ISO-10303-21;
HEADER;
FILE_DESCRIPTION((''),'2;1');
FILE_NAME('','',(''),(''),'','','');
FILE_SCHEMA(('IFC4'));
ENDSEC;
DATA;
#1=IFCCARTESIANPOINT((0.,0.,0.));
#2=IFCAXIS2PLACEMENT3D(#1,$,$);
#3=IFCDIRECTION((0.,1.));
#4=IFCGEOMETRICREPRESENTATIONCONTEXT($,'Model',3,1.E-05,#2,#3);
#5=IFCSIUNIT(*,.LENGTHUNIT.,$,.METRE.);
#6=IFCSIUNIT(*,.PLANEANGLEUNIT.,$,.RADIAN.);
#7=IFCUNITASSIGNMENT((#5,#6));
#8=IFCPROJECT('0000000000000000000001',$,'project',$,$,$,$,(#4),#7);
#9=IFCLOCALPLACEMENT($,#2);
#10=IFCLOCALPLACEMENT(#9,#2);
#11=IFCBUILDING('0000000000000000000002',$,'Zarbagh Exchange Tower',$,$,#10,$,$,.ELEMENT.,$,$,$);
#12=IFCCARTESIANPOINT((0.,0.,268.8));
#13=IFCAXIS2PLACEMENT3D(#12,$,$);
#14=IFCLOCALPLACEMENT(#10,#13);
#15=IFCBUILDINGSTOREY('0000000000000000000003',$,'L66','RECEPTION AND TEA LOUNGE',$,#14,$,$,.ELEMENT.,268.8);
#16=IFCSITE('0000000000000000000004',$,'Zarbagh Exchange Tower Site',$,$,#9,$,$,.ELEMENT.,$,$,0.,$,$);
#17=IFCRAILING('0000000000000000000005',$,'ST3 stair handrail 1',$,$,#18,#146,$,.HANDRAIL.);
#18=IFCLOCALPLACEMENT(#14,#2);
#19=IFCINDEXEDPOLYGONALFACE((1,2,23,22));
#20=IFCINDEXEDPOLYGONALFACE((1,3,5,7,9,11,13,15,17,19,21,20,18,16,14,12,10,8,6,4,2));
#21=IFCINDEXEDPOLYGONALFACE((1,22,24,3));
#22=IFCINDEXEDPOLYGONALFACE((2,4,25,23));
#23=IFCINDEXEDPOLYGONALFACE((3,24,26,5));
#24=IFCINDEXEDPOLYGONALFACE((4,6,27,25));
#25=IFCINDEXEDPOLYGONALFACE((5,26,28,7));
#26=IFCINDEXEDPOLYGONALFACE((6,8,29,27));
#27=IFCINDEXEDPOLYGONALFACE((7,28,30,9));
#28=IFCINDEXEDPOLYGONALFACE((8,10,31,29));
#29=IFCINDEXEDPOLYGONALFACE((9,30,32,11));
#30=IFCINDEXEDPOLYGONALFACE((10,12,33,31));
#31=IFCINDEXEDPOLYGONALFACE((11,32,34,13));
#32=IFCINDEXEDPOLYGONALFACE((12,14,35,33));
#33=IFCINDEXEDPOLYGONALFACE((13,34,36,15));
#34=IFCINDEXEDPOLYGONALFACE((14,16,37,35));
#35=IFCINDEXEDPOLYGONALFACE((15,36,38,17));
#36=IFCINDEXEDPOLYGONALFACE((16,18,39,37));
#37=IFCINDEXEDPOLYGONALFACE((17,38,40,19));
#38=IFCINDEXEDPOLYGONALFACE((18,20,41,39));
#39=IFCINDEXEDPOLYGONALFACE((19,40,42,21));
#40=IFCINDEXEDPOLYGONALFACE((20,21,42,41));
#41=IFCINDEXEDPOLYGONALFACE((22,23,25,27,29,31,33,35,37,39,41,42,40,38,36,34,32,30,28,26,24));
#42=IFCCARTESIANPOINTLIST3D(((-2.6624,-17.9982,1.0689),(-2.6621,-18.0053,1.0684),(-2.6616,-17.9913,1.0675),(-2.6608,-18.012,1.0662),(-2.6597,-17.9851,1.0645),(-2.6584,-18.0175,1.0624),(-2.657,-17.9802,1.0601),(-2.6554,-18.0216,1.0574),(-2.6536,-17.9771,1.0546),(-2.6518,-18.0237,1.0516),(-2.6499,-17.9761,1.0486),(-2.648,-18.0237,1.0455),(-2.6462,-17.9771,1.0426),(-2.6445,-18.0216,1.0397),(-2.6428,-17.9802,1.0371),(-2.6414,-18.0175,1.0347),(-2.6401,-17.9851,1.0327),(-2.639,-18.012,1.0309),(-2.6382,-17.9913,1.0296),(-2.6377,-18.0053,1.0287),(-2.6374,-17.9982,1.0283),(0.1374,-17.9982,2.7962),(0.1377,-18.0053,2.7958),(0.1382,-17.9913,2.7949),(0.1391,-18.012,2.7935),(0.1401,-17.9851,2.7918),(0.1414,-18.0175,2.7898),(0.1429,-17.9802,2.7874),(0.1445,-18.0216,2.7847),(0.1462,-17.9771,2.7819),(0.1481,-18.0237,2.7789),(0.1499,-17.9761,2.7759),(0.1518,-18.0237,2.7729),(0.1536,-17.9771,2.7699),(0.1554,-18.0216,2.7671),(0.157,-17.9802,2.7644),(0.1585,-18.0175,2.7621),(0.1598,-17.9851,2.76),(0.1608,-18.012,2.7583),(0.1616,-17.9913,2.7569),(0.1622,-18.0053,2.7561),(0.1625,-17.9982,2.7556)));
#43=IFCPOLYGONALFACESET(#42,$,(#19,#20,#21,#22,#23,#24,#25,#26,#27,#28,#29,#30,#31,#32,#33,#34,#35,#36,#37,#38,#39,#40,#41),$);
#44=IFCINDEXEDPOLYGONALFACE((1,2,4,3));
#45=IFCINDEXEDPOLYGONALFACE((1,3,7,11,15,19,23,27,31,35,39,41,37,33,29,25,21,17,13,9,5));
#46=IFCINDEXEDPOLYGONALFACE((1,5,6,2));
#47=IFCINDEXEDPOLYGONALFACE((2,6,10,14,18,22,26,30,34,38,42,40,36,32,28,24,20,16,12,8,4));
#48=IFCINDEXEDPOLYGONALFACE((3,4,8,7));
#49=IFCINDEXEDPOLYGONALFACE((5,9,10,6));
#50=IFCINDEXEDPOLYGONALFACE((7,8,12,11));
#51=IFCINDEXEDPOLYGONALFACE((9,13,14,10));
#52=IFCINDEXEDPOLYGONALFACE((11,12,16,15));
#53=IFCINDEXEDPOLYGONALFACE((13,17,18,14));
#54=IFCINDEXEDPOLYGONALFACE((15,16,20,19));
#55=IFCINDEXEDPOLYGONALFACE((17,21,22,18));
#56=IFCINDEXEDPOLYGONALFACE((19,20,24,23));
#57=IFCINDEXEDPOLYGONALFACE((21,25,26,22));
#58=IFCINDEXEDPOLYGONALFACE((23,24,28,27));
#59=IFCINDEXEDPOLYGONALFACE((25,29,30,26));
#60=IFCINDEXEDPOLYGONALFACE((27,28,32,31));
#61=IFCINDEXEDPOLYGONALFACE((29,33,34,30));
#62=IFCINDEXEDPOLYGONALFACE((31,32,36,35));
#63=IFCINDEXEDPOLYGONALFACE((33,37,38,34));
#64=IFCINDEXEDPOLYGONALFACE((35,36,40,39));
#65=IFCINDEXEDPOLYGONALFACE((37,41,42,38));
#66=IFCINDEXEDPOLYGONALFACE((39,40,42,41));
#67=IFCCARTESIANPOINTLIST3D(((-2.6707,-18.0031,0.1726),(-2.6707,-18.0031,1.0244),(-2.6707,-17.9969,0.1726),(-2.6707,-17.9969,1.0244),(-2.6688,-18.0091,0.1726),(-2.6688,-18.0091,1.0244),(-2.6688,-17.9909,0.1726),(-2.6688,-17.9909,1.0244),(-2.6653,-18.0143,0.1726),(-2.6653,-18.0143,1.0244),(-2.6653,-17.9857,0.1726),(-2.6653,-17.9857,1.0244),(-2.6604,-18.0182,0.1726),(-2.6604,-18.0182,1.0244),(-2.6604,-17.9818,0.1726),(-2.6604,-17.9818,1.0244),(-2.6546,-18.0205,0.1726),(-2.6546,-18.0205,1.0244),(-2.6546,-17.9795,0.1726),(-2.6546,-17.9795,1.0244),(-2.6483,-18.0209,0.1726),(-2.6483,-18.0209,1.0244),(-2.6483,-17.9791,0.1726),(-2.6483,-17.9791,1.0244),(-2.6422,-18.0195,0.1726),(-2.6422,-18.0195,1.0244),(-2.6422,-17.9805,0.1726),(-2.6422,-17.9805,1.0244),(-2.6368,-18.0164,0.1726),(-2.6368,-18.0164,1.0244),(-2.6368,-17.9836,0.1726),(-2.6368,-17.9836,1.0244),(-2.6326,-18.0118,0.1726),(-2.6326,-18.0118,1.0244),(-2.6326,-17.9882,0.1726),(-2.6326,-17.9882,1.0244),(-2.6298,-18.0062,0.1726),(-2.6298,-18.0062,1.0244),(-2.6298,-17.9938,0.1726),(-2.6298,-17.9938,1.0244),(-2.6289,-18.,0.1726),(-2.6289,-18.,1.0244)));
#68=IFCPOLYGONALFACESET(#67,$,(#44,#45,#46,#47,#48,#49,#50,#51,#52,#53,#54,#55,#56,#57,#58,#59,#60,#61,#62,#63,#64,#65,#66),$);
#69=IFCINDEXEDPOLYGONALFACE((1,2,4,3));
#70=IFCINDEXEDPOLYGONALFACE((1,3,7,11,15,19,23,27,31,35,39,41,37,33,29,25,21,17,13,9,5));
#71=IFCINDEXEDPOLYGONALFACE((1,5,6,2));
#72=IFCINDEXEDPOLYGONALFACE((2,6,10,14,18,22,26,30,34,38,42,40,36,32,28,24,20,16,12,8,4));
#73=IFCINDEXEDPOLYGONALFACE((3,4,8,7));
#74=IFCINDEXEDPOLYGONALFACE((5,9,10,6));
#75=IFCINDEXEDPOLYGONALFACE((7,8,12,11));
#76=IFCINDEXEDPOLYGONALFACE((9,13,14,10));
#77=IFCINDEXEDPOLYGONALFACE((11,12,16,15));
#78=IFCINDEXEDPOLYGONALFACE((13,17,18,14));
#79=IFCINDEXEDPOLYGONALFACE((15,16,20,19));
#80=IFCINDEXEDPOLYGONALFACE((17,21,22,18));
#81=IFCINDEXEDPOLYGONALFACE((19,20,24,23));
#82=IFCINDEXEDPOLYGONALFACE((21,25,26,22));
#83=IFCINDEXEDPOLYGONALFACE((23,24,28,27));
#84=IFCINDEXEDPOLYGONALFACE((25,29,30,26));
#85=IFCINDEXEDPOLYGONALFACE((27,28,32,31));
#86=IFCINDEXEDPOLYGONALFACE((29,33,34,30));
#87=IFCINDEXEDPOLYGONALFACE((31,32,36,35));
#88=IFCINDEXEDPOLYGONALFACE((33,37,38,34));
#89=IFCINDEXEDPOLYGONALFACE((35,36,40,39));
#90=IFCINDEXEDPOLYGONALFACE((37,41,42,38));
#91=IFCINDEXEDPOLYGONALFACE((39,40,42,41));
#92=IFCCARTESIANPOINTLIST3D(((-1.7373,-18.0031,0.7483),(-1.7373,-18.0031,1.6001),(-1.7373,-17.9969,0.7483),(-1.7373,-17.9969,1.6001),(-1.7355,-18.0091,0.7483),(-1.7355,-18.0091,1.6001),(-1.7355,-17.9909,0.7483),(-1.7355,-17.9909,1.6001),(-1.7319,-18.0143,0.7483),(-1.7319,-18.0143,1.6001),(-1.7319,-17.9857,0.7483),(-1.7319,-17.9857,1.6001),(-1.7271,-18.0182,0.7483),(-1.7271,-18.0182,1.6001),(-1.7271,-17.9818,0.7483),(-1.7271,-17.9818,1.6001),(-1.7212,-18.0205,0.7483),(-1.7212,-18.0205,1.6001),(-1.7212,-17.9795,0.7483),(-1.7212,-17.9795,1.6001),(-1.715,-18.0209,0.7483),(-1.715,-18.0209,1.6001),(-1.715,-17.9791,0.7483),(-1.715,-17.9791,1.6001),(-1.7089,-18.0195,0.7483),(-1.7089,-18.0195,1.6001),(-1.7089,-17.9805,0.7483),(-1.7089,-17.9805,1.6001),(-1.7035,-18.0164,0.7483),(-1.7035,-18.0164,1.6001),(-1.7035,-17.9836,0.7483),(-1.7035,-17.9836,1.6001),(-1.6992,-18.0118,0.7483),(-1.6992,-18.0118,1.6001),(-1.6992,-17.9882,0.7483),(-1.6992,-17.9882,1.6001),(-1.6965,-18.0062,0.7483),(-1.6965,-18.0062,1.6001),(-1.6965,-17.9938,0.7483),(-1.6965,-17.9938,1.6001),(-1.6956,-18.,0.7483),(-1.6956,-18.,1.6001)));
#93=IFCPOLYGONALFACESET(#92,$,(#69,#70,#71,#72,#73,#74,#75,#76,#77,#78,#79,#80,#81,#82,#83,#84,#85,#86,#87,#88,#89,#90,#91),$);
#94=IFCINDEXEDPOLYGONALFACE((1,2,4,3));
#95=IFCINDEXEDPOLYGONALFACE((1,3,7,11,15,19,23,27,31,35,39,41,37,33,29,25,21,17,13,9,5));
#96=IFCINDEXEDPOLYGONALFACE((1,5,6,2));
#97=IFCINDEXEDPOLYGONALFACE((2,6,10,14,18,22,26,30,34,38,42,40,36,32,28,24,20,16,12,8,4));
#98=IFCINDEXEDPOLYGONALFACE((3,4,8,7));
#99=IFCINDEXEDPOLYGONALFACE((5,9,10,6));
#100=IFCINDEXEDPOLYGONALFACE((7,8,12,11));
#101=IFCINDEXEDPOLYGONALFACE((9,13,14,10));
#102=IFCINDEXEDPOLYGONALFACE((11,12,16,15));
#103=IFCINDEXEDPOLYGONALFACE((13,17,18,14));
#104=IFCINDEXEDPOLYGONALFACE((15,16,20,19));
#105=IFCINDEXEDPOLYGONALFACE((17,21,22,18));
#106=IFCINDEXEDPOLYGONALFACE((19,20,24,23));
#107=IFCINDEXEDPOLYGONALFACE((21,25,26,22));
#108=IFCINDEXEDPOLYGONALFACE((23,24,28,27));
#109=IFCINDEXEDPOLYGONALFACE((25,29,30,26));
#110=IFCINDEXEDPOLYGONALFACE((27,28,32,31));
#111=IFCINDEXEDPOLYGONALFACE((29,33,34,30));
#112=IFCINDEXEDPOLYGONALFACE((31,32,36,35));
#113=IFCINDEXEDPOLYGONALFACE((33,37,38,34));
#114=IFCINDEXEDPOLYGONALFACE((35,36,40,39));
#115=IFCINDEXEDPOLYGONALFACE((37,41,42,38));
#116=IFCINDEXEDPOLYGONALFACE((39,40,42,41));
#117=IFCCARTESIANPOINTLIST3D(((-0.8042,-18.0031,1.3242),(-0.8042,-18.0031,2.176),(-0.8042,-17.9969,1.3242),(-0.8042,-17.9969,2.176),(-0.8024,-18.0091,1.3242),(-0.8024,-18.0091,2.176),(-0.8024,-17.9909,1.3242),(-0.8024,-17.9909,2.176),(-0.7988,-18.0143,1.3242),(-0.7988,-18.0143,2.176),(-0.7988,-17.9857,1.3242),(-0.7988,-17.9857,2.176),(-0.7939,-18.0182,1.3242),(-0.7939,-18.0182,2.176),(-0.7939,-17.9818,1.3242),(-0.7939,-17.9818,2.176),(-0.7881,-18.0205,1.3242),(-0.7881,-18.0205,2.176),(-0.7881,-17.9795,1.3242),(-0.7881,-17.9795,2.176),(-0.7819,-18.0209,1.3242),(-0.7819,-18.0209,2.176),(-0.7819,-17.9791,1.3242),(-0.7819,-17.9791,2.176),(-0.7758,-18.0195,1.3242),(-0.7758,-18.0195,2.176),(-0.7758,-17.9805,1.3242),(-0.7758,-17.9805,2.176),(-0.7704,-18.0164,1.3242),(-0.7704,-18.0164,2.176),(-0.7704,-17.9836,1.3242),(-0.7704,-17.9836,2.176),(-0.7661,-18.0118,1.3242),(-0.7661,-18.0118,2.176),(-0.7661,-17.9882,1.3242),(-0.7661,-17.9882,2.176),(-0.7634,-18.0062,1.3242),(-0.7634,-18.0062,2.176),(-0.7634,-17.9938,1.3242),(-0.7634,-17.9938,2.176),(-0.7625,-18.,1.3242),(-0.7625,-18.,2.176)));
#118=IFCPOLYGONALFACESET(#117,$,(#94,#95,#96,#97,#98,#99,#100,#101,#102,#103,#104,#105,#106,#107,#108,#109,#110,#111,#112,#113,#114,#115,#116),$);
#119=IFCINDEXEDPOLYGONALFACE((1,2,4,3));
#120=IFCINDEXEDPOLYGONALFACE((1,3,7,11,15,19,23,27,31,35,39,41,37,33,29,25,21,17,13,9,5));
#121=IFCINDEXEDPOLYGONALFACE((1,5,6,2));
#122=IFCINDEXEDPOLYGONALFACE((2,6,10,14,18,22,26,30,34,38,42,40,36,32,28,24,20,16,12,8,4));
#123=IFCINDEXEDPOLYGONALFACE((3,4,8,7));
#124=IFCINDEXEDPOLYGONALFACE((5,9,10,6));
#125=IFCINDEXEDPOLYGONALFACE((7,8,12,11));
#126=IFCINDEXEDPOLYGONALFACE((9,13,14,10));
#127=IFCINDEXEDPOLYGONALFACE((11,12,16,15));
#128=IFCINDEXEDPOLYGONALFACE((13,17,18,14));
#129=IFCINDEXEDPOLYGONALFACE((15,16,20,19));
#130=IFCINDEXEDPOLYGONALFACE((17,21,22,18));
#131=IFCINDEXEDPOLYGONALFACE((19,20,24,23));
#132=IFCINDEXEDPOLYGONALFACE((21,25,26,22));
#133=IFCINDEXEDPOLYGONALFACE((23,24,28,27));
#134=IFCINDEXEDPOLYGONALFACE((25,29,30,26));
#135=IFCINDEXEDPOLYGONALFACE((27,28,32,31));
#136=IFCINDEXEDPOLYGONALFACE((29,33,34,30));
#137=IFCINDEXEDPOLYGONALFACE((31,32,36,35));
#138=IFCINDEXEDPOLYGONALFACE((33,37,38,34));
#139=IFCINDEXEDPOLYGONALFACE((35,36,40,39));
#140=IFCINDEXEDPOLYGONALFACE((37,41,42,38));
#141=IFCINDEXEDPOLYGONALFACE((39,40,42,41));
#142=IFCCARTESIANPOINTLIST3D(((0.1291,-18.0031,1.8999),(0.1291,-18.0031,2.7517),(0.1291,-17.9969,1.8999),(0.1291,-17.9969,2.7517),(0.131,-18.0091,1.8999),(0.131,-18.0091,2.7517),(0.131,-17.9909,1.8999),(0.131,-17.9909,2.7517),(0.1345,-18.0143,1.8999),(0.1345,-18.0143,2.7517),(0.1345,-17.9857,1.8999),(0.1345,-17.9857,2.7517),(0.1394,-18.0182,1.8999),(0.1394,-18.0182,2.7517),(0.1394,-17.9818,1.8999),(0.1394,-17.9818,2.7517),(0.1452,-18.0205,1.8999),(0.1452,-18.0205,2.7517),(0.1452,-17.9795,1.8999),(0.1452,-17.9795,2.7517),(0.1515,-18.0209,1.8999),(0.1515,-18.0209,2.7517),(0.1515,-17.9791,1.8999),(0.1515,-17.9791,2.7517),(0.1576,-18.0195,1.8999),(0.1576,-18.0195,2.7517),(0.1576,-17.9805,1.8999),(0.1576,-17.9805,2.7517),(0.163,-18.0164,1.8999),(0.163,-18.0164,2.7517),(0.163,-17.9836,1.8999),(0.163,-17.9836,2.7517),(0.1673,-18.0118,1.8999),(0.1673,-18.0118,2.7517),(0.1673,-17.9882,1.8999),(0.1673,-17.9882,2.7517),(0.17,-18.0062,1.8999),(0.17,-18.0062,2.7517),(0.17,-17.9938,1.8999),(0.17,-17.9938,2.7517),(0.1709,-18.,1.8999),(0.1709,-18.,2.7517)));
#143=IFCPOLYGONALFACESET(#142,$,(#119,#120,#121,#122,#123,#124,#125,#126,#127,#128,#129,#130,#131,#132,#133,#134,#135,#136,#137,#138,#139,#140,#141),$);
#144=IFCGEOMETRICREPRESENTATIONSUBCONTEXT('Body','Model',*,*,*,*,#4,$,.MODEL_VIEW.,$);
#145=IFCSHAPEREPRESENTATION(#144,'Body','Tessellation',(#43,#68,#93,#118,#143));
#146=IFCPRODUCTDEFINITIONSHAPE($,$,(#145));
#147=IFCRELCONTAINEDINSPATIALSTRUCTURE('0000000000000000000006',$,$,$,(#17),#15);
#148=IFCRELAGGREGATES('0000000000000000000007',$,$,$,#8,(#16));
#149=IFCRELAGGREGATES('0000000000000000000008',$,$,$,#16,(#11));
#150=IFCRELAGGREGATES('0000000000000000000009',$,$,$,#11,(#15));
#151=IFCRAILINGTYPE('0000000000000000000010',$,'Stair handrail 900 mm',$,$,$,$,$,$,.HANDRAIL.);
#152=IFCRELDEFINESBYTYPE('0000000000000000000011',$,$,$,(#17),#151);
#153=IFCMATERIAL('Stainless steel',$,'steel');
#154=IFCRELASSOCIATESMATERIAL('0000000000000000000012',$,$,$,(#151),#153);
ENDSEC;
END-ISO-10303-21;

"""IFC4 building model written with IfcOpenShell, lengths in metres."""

from ifc_helpers import new_model, si_unit, direction, frame, origin, origin_2d, place, context, subcontext, project, spatial, circle, extrude, material, type_object, element, save


model = new_model("IFC4")

# Units and contexts
model_context = context("Model", 3, precision=1e-05, world=origin(), true_north=direction((0.0, 1.0)))
body_context = subcontext(model_context, "Body", "Model", "MODEL_VIEW")
ifc_project = project(units=[si_unit("LENGTHUNIT", "METRE"), si_unit("PLANEANGLEUNIT", "RADIAN")], contexts=[model_context])

# Site, building, storey
site_placement = place(None, origin())
site = spatial("IfcSite", under=ifc_project, at=site_placement, Name="Zarbagh Exchange Tower Site", CompositionType="ELEMENT", RefElevation=0.0)
building_placement = place(site_placement, origin())
building = spatial("IfcBuilding", under=site, at=building_placement, Name="Zarbagh Exchange Tower", CompositionType="ELEMENT")
storey_placement = place(building_placement, frame((0.0, 0.0, 268.8)))
storey = spatial("IfcBuildingStorey", under=building, at=storey_placement, Name="L66", Description="RECEPTION AND TEA LOUNGE", CompositionType="ELEMENT", Elevation=268.8)

# Railing
ifc_material_1 = material(Name="Stainless steel", Category="steel")
railing_type = type_object("IfcRailingType", Name="Stair handrail 900 mm", PredefinedType="HANDRAIL", material=ifc_material_1)
railing_placement = place(storey_placement, frame((-2.6499, -18.0, 0.1726)))
element("IfcRailing", 1, at=railing_placement, inside=storey, type_object=railing_type, Name="ST3 stair handrail 1", PredefinedType="HANDRAIL", context=body_context, shape_type="SweptSolid", body=[
    extrude(circle(Radius=0.0239, at=origin_2d()), frame((0.0, 0.0, 0.876), z_axis=(0.851069, 0.0, 0.525054), x_axis=(0.0, 1.0, 0.0)), (0.0, 0.0, 1.0), 3.2898),
    extrude(circle(Radius=0.021, at=origin_2d()), origin(), (0.0, 0.0, 1.0), 0.8518),
    extrude(circle(Radius=0.021, at=origin_2d()), frame((0.9333, 0.0, 0.5757)), (0.0, 0.0, 1.0), 0.8518),
    extrude(circle(Radius=0.021, at=origin_2d()), frame((1.8665, 0.0, 1.1516)), (0.0, 0.0, 1.0), 0.8518),
    extrude(circle(Radius=0.021, at=origin_2d()), frame((2.7998, 0.0, 1.7273)), (0.0, 0.0, 1.0), 0.8518),
])

save(model, "model.ifc")
